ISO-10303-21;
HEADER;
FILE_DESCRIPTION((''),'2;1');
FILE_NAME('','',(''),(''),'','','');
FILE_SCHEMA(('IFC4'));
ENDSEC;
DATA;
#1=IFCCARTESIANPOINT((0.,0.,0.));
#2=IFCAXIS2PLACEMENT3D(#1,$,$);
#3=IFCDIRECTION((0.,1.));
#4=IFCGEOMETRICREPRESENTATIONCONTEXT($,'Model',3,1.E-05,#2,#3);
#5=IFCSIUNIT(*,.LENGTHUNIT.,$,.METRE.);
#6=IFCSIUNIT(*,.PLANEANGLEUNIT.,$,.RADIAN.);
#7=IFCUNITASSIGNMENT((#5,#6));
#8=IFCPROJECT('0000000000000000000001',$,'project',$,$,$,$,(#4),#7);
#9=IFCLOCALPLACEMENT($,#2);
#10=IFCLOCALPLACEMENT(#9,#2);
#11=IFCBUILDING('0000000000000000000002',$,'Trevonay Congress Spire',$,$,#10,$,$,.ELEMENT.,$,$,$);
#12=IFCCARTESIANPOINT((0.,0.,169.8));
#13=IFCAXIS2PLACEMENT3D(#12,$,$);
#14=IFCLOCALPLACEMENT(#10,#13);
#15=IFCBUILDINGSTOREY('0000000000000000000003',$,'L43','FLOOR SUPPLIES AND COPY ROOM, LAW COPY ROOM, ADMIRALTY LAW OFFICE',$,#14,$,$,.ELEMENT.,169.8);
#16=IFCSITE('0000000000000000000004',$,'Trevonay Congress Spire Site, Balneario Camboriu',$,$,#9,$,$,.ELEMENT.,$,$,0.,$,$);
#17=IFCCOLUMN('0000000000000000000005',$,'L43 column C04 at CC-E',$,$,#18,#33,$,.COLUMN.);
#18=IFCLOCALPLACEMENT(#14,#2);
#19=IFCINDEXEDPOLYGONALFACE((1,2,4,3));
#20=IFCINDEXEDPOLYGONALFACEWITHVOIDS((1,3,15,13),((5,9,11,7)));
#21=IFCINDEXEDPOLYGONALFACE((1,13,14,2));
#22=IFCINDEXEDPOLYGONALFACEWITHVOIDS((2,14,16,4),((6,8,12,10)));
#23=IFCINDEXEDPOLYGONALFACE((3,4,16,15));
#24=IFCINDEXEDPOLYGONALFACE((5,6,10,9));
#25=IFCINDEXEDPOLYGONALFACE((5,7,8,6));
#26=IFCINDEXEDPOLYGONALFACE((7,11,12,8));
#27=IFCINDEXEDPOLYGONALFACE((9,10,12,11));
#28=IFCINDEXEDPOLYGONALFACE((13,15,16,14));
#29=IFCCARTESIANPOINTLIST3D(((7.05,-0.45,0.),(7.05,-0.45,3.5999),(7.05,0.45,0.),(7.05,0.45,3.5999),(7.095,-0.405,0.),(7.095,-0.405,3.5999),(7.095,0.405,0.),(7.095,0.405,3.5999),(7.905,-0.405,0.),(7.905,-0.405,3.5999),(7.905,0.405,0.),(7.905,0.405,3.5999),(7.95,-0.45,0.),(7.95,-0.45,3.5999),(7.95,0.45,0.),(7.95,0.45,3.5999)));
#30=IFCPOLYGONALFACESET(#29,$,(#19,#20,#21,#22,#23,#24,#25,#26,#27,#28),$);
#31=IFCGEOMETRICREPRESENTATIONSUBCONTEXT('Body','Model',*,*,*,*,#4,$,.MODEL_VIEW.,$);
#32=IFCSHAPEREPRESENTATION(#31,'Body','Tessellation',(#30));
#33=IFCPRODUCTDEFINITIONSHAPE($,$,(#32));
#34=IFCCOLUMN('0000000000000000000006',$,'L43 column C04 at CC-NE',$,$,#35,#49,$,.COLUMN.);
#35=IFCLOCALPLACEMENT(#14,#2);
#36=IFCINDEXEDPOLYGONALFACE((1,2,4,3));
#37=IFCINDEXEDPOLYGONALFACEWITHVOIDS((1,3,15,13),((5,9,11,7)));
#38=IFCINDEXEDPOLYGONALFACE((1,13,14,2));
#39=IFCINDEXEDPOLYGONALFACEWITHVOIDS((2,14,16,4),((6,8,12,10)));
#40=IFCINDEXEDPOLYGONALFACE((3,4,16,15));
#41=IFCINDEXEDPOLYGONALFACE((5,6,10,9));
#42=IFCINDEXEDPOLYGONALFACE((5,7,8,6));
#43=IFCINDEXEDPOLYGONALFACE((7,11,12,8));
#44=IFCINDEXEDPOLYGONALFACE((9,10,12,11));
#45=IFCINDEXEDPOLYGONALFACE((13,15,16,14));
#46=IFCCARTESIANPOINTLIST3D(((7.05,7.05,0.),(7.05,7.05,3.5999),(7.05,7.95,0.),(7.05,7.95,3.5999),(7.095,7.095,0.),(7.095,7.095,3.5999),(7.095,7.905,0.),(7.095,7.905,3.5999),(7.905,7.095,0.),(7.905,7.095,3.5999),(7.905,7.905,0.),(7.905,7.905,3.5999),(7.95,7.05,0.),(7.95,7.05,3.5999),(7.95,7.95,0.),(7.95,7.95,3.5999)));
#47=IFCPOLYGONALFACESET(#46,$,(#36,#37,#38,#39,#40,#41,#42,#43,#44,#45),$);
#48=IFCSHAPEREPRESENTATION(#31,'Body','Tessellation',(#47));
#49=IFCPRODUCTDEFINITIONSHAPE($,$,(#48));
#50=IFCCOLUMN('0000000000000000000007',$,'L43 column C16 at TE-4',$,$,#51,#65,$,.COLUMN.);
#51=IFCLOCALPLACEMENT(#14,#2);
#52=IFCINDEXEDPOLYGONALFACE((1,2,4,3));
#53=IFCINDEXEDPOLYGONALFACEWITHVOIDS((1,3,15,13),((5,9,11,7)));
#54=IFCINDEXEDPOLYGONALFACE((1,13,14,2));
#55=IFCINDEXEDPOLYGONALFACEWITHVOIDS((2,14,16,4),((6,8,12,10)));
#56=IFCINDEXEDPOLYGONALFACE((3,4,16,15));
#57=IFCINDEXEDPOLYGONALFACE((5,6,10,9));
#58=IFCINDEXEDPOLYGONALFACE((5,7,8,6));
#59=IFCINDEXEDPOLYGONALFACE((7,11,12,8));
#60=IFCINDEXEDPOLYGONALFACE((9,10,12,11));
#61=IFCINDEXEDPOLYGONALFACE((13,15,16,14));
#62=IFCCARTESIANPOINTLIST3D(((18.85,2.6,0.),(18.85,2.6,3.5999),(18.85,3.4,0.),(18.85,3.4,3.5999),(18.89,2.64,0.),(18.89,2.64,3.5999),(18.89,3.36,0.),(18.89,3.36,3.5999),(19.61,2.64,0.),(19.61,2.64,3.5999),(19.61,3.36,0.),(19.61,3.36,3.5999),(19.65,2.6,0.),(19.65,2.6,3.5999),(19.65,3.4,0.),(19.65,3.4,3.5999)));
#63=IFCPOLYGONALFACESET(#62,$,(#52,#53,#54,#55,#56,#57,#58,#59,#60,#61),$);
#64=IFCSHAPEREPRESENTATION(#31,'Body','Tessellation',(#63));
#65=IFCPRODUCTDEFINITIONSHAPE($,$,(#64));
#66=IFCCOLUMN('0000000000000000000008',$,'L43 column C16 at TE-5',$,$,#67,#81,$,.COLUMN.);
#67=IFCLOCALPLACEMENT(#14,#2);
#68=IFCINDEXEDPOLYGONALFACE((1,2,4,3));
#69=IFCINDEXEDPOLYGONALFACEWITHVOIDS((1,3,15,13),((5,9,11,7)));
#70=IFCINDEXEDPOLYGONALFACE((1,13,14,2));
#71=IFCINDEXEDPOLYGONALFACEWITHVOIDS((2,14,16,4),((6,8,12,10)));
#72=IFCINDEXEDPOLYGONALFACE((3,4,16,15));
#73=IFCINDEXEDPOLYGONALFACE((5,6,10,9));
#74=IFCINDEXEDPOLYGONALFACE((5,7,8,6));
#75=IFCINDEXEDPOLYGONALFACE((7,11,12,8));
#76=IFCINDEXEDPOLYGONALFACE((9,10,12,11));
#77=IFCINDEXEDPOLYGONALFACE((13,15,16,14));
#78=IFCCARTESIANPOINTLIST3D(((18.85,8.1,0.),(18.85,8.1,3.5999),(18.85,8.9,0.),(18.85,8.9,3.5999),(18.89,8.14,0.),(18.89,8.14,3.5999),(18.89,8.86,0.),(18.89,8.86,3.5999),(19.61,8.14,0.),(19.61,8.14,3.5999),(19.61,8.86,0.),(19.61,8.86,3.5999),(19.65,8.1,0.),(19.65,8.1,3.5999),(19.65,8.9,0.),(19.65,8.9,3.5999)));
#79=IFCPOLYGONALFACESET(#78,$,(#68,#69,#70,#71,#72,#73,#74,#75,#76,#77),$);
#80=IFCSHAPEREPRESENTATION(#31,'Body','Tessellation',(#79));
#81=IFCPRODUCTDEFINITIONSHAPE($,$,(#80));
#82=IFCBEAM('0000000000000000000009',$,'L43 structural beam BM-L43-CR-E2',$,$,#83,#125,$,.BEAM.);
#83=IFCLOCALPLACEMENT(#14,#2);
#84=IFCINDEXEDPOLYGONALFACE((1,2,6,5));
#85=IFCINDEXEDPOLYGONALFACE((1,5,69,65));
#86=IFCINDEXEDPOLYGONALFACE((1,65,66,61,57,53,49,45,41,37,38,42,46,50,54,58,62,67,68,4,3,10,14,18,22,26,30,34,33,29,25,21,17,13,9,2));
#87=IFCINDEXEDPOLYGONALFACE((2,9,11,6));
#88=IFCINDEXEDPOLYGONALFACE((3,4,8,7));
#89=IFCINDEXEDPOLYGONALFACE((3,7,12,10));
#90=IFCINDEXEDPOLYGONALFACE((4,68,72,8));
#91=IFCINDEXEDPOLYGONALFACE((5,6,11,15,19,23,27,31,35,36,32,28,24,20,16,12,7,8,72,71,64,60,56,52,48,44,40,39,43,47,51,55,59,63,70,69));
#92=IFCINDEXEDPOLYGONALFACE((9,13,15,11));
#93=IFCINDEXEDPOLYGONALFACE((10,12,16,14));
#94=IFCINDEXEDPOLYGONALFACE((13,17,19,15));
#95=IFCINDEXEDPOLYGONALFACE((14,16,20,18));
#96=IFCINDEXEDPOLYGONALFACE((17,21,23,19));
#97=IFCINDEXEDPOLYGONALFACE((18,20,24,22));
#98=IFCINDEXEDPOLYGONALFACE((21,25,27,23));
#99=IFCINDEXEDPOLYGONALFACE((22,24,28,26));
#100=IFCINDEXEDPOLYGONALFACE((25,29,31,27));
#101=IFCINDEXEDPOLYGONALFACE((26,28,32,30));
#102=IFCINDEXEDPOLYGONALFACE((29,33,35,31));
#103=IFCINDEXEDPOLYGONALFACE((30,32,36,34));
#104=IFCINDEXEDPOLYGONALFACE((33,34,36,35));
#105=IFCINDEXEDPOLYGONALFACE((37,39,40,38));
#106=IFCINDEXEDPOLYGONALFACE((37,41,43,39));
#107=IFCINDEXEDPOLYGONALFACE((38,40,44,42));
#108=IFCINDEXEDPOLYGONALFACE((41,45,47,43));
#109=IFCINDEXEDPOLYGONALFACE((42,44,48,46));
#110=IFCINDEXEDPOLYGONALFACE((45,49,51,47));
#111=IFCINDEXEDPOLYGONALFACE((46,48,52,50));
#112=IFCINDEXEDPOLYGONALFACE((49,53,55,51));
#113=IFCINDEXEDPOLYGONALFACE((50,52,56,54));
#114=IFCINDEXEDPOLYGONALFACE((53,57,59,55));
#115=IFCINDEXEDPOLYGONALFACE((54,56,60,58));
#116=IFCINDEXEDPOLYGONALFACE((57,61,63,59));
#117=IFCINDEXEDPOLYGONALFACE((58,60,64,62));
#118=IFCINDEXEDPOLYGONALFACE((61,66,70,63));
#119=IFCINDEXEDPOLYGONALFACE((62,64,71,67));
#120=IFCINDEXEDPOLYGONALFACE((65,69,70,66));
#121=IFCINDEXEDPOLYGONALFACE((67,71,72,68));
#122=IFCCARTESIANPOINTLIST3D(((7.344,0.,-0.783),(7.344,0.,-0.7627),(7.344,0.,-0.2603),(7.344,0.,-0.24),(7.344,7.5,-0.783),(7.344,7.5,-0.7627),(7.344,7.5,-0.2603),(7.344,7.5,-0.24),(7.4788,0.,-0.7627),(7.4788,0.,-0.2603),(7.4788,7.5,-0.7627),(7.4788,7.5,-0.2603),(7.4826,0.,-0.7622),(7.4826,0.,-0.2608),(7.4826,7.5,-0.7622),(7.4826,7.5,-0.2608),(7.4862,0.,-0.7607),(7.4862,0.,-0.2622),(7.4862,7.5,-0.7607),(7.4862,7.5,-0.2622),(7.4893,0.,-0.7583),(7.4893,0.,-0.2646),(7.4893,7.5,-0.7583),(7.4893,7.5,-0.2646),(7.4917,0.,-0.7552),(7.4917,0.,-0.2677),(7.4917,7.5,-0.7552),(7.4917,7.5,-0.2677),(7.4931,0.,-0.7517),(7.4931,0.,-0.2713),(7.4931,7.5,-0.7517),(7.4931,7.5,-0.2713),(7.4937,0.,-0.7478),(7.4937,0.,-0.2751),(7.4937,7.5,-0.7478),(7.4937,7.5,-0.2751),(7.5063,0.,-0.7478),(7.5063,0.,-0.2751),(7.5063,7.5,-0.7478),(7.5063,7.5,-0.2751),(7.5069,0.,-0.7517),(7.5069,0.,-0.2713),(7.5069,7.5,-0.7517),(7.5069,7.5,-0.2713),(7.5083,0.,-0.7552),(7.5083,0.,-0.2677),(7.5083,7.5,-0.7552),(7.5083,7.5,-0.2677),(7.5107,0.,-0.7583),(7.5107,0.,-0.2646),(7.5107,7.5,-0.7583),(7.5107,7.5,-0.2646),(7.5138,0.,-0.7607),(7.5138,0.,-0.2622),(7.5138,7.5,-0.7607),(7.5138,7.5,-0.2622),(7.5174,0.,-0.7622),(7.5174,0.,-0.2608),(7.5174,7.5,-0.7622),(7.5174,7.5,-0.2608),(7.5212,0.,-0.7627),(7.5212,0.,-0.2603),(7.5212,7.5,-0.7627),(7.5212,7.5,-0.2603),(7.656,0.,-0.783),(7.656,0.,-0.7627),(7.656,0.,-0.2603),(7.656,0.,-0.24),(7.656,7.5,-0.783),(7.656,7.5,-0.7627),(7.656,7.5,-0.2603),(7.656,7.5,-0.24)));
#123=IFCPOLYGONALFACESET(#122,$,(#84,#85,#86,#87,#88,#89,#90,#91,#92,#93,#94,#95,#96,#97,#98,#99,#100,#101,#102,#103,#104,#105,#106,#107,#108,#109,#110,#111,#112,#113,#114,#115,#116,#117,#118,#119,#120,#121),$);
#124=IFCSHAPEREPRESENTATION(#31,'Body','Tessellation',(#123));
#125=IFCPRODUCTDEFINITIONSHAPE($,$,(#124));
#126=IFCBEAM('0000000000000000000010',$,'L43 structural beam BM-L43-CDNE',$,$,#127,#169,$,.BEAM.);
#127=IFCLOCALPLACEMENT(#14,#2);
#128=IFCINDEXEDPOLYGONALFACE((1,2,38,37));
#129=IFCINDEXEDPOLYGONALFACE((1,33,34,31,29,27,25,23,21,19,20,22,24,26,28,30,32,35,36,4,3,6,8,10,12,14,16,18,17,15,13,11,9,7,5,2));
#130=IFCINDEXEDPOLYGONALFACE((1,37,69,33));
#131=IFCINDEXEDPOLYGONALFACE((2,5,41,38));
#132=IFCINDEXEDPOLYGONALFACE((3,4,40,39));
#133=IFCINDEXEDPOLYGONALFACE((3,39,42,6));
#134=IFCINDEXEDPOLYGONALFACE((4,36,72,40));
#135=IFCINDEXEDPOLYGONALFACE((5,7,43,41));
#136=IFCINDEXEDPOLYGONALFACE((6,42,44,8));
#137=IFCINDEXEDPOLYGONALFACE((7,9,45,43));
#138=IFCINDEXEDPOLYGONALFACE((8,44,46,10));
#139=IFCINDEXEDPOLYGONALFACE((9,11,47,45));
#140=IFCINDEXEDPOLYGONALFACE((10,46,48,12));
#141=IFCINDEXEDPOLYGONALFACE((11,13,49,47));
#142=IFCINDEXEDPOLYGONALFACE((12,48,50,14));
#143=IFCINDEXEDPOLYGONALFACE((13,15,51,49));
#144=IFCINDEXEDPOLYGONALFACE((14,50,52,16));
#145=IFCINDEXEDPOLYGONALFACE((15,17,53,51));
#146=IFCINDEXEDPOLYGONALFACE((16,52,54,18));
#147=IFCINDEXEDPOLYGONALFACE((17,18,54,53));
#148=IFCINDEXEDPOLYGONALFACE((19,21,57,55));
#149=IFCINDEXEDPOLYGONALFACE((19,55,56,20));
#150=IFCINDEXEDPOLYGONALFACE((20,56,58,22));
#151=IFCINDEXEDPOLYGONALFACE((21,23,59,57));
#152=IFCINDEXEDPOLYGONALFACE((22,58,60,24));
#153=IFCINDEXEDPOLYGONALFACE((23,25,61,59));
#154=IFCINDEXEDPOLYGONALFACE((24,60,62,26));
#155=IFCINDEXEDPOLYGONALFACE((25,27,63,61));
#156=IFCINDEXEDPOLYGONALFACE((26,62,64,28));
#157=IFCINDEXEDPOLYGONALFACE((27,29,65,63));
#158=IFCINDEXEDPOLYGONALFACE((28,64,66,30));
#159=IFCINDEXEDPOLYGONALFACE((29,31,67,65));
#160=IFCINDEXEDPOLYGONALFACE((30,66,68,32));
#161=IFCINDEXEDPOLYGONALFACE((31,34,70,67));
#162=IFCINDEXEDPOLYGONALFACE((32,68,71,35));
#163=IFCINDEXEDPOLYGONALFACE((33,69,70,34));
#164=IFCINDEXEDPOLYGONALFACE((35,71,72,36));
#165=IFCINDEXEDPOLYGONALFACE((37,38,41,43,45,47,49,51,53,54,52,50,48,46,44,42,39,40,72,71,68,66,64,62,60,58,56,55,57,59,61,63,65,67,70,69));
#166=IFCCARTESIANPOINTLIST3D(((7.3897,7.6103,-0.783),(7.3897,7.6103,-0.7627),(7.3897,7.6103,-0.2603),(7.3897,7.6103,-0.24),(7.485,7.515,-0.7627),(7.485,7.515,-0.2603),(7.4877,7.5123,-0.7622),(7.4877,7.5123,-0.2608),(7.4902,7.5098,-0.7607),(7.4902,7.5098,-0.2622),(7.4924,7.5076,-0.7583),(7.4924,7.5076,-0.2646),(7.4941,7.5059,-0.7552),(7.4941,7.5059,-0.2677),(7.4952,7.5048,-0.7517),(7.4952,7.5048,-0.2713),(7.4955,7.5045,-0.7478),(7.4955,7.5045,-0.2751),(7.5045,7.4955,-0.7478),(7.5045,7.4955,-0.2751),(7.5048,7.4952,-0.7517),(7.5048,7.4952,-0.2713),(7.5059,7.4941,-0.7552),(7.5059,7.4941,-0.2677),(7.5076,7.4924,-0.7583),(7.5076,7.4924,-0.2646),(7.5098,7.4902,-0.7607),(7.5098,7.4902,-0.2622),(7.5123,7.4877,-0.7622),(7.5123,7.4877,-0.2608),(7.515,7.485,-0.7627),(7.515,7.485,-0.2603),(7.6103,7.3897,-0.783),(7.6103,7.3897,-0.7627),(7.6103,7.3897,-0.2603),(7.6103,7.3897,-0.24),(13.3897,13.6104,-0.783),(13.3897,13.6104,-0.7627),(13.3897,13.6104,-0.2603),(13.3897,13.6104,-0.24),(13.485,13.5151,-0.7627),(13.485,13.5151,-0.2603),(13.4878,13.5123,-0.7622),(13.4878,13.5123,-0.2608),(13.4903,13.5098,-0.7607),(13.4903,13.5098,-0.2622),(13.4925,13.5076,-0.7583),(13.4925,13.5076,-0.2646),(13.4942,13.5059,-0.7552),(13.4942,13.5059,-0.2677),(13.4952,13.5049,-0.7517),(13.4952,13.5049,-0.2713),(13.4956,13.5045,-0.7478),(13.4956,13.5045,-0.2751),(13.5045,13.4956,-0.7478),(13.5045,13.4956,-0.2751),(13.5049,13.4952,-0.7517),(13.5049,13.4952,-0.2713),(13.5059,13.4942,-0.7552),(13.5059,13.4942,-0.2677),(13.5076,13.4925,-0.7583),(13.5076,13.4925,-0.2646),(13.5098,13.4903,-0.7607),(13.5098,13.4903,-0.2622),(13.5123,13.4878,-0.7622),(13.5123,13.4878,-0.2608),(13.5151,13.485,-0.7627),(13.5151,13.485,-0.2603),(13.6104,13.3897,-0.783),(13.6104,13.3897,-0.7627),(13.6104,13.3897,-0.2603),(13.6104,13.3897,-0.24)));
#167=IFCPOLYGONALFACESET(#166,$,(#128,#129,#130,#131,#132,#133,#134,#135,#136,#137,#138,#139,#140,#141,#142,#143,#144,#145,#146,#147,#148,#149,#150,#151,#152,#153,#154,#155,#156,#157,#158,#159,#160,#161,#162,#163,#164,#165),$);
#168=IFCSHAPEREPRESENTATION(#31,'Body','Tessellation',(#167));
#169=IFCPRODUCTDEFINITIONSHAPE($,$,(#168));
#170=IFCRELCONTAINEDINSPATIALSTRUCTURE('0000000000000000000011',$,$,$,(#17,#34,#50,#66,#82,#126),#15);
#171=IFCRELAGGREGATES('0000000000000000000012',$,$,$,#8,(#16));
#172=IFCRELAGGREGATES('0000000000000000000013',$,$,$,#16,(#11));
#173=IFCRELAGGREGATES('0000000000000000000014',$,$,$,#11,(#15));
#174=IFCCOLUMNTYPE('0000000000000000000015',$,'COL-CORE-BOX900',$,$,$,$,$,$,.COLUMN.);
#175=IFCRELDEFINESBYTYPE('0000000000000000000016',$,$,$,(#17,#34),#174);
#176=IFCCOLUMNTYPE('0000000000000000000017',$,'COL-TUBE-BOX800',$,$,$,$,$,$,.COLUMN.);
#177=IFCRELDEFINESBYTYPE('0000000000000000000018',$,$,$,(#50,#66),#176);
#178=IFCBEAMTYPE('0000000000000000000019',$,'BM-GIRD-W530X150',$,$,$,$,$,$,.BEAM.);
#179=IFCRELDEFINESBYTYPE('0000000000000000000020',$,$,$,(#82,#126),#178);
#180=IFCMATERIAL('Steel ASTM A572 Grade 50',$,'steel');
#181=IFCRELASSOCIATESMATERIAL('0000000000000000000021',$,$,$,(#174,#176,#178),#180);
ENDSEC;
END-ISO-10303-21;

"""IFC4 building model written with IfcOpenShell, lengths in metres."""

from ifc_helpers import new_model, si_unit, direction, frame, origin, origin_2d, place, context, subcontext, project, spatial, hollow_rectangle, i_section, extrude, material, material_profile, profile_set, type_object, element, save


model = new_model("IFC4")

# Units and contexts
model_context = context("Model", 3, precision=1e-05, world=origin(), true_north=direction((0.0, 1.0)))
body_context = subcontext(model_context, "Body", "Model", "MODEL_VIEW")
ifc_project = project(units=[si_unit("LENGTHUNIT", "METRE"), si_unit("PLANEANGLEUNIT", "RADIAN")], contexts=[model_context])

# Site, building, storey
site_placement = place(None, origin())
site = spatial("IfcSite", under=ifc_project, at=site_placement, Name="Trevonay Congress Spire Site, Balneario Camboriu", CompositionType="ELEMENT", RefElevation=0.0)
building_placement = place(site_placement, origin())
building = spatial("IfcBuilding", under=site, at=building_placement, Name="Trevonay Congress Spire", CompositionType="ELEMENT")
storey_placement = place(building_placement, frame((0.0, 0.0, 169.8)))
storey = spatial("IfcBuildingStorey", under=building, at=storey_placement, Name="L43", Description="FLOOR SUPPLIES AND COPY ROOM, LAW COPY ROOM, ADMIRALTY LAW OFFICE", CompositionType="ELEMENT", Elevation=169.8)

# Columns
ifc_material_1 = material(Name="Steel ASTM A572 Grade 50", Category="steel")
ifc_material_profile_1 = material_profile(ifc_material_1, hollow_rectangle(XDim=0.8999, YDim=0.8999, WallThickness=0.0449, at=origin_2d()), Name="BOX 900x900x45")
ifc_profile_set_1 = profile_set([ifc_material_profile_1], Name="Steel ASTM A572 Grade 50")
column_type_1 = type_object("IfcColumnType", Name="COL-CORE-BOX900", PredefinedType="COLUMN", material=ifc_profile_set_1)
for number, where, z_axis, x_axis, name in (
    (1, (7.5, 0.0, 0.0), (0.0, 0.0, 1.0), (1.0, 0.0, 0.0), "L43 column C04 at CC-E"),
    (2, (7.5, 7.5, 0.0), (0.0, 0.0, 1.0), (1.0, 0.0, 0.0), "L43 column C04 at CC-NE"),
):
    element("IfcColumn", number, at=place(storey_placement, frame(where, z_axis=z_axis, x_axis=x_axis)), inside=storey, type_object=column_type_1, Name=name, PredefinedType="COLUMN", context=body_context, shape_type="SweptSolid", body=[
        extrude(hollow_rectangle(XDim=0.8999, YDim=0.8999, WallThickness=0.0449, at=origin_2d()), origin(), (0.0, 0.0, 1.0), 3.5999),
    ])
ifc_material_profile_2 = material_profile(ifc_material_1, hollow_rectangle(XDim=0.8, YDim=0.8, WallThickness=0.04, at=origin_2d()), Name="BOX 800x800x40")
ifc_profile_set_2 = profile_set([ifc_material_profile_2], Name="Steel ASTM A572 Grade 50")
column_type_2 = type_object("IfcColumnType", Name="COL-TUBE-BOX800", PredefinedType="COLUMN", material=ifc_profile_set_2)
for number, where, z_axis, x_axis, name in (
    (3, (19.25, 3.0, 0.0), (0.0, 0.0, 1.0), (1.0, 0.0, 0.0), "L43 column C16 at TE-4"),
    (4, (19.25, 8.5, 0.0), (0.0, 0.0, 1.0), (1.0, 0.0, 0.0), "L43 column C16 at TE-5"),
):
    element("IfcColumn", number, at=place(storey_placement, frame(where, z_axis=z_axis, x_axis=x_axis)), inside=storey, type_object=column_type_2, Name=name, PredefinedType="COLUMN", context=body_context, shape_type="SweptSolid", body=[
        extrude(hollow_rectangle(XDim=0.8, YDim=0.8, WallThickness=0.04, at=origin_2d()), origin(), (0.0, 0.0, 1.0), 3.5999),
    ])

# Beams
ifc_material_profile_3 = material_profile(ifc_material_1, i_section(OverallWidth=0.312, OverallDepth=0.543, WebThickness=0.0127, FlangeThickness=0.0203, FilletRadius=0.0149, at=origin_2d()), Name="W530x150")
ifc_profile_set_3 = profile_set([ifc_material_profile_3], Name="Steel ASTM A572 Grade 50")
beam_type_1 = type_object("IfcBeamType", Name="BM-GIRD-W530X150", PredefinedType="BEAM", material=ifc_profile_set_3)
beam_1_placement = place(storey_placement, frame((7.5, 0.0, -0.5115), z_axis=(0.0, 1.0, 0.0), x_axis=(-1.0, 0.0, 0.0)))
element("IfcBeam", 5, at=beam_1_placement, inside=storey, type_object=beam_type_1, Name="L43 structural beam BM-L43-CR-E2", PredefinedType="BEAM", context=body_context, shape_type="SweptSolid", body=[
    extrude(i_section(OverallWidth=0.312, OverallDepth=0.543, WebThickness=0.0127, FlangeThickness=0.0203, FilletRadius=0.0149, at=origin_2d()), origin(), (0.0, 0.0, 1.0), 7.5),
])
beam_2_placement = place(storey_placement, frame((7.5, 7.5, -0.5115), z_axis=(0.707107, 0.707107, 0.0), x_axis=(-0.707107, 0.707107, 0.0)))
element("IfcBeam", 6, at=beam_2_placement, inside=storey, type_object=beam_type_1, Name="L43 structural beam BM-L43-CDNE", PredefinedType="BEAM", context=body_context, shape_type="SweptSolid", body=[
    extrude(i_section(OverallWidth=0.312, OverallDepth=0.543, WebThickness=0.0127, FlangeThickness=0.0203, FilletRadius=0.0149, at=origin_2d()), origin(), (0.0, 0.0, 1.0), 8.4854),
])

save(model, "model.ifc")
